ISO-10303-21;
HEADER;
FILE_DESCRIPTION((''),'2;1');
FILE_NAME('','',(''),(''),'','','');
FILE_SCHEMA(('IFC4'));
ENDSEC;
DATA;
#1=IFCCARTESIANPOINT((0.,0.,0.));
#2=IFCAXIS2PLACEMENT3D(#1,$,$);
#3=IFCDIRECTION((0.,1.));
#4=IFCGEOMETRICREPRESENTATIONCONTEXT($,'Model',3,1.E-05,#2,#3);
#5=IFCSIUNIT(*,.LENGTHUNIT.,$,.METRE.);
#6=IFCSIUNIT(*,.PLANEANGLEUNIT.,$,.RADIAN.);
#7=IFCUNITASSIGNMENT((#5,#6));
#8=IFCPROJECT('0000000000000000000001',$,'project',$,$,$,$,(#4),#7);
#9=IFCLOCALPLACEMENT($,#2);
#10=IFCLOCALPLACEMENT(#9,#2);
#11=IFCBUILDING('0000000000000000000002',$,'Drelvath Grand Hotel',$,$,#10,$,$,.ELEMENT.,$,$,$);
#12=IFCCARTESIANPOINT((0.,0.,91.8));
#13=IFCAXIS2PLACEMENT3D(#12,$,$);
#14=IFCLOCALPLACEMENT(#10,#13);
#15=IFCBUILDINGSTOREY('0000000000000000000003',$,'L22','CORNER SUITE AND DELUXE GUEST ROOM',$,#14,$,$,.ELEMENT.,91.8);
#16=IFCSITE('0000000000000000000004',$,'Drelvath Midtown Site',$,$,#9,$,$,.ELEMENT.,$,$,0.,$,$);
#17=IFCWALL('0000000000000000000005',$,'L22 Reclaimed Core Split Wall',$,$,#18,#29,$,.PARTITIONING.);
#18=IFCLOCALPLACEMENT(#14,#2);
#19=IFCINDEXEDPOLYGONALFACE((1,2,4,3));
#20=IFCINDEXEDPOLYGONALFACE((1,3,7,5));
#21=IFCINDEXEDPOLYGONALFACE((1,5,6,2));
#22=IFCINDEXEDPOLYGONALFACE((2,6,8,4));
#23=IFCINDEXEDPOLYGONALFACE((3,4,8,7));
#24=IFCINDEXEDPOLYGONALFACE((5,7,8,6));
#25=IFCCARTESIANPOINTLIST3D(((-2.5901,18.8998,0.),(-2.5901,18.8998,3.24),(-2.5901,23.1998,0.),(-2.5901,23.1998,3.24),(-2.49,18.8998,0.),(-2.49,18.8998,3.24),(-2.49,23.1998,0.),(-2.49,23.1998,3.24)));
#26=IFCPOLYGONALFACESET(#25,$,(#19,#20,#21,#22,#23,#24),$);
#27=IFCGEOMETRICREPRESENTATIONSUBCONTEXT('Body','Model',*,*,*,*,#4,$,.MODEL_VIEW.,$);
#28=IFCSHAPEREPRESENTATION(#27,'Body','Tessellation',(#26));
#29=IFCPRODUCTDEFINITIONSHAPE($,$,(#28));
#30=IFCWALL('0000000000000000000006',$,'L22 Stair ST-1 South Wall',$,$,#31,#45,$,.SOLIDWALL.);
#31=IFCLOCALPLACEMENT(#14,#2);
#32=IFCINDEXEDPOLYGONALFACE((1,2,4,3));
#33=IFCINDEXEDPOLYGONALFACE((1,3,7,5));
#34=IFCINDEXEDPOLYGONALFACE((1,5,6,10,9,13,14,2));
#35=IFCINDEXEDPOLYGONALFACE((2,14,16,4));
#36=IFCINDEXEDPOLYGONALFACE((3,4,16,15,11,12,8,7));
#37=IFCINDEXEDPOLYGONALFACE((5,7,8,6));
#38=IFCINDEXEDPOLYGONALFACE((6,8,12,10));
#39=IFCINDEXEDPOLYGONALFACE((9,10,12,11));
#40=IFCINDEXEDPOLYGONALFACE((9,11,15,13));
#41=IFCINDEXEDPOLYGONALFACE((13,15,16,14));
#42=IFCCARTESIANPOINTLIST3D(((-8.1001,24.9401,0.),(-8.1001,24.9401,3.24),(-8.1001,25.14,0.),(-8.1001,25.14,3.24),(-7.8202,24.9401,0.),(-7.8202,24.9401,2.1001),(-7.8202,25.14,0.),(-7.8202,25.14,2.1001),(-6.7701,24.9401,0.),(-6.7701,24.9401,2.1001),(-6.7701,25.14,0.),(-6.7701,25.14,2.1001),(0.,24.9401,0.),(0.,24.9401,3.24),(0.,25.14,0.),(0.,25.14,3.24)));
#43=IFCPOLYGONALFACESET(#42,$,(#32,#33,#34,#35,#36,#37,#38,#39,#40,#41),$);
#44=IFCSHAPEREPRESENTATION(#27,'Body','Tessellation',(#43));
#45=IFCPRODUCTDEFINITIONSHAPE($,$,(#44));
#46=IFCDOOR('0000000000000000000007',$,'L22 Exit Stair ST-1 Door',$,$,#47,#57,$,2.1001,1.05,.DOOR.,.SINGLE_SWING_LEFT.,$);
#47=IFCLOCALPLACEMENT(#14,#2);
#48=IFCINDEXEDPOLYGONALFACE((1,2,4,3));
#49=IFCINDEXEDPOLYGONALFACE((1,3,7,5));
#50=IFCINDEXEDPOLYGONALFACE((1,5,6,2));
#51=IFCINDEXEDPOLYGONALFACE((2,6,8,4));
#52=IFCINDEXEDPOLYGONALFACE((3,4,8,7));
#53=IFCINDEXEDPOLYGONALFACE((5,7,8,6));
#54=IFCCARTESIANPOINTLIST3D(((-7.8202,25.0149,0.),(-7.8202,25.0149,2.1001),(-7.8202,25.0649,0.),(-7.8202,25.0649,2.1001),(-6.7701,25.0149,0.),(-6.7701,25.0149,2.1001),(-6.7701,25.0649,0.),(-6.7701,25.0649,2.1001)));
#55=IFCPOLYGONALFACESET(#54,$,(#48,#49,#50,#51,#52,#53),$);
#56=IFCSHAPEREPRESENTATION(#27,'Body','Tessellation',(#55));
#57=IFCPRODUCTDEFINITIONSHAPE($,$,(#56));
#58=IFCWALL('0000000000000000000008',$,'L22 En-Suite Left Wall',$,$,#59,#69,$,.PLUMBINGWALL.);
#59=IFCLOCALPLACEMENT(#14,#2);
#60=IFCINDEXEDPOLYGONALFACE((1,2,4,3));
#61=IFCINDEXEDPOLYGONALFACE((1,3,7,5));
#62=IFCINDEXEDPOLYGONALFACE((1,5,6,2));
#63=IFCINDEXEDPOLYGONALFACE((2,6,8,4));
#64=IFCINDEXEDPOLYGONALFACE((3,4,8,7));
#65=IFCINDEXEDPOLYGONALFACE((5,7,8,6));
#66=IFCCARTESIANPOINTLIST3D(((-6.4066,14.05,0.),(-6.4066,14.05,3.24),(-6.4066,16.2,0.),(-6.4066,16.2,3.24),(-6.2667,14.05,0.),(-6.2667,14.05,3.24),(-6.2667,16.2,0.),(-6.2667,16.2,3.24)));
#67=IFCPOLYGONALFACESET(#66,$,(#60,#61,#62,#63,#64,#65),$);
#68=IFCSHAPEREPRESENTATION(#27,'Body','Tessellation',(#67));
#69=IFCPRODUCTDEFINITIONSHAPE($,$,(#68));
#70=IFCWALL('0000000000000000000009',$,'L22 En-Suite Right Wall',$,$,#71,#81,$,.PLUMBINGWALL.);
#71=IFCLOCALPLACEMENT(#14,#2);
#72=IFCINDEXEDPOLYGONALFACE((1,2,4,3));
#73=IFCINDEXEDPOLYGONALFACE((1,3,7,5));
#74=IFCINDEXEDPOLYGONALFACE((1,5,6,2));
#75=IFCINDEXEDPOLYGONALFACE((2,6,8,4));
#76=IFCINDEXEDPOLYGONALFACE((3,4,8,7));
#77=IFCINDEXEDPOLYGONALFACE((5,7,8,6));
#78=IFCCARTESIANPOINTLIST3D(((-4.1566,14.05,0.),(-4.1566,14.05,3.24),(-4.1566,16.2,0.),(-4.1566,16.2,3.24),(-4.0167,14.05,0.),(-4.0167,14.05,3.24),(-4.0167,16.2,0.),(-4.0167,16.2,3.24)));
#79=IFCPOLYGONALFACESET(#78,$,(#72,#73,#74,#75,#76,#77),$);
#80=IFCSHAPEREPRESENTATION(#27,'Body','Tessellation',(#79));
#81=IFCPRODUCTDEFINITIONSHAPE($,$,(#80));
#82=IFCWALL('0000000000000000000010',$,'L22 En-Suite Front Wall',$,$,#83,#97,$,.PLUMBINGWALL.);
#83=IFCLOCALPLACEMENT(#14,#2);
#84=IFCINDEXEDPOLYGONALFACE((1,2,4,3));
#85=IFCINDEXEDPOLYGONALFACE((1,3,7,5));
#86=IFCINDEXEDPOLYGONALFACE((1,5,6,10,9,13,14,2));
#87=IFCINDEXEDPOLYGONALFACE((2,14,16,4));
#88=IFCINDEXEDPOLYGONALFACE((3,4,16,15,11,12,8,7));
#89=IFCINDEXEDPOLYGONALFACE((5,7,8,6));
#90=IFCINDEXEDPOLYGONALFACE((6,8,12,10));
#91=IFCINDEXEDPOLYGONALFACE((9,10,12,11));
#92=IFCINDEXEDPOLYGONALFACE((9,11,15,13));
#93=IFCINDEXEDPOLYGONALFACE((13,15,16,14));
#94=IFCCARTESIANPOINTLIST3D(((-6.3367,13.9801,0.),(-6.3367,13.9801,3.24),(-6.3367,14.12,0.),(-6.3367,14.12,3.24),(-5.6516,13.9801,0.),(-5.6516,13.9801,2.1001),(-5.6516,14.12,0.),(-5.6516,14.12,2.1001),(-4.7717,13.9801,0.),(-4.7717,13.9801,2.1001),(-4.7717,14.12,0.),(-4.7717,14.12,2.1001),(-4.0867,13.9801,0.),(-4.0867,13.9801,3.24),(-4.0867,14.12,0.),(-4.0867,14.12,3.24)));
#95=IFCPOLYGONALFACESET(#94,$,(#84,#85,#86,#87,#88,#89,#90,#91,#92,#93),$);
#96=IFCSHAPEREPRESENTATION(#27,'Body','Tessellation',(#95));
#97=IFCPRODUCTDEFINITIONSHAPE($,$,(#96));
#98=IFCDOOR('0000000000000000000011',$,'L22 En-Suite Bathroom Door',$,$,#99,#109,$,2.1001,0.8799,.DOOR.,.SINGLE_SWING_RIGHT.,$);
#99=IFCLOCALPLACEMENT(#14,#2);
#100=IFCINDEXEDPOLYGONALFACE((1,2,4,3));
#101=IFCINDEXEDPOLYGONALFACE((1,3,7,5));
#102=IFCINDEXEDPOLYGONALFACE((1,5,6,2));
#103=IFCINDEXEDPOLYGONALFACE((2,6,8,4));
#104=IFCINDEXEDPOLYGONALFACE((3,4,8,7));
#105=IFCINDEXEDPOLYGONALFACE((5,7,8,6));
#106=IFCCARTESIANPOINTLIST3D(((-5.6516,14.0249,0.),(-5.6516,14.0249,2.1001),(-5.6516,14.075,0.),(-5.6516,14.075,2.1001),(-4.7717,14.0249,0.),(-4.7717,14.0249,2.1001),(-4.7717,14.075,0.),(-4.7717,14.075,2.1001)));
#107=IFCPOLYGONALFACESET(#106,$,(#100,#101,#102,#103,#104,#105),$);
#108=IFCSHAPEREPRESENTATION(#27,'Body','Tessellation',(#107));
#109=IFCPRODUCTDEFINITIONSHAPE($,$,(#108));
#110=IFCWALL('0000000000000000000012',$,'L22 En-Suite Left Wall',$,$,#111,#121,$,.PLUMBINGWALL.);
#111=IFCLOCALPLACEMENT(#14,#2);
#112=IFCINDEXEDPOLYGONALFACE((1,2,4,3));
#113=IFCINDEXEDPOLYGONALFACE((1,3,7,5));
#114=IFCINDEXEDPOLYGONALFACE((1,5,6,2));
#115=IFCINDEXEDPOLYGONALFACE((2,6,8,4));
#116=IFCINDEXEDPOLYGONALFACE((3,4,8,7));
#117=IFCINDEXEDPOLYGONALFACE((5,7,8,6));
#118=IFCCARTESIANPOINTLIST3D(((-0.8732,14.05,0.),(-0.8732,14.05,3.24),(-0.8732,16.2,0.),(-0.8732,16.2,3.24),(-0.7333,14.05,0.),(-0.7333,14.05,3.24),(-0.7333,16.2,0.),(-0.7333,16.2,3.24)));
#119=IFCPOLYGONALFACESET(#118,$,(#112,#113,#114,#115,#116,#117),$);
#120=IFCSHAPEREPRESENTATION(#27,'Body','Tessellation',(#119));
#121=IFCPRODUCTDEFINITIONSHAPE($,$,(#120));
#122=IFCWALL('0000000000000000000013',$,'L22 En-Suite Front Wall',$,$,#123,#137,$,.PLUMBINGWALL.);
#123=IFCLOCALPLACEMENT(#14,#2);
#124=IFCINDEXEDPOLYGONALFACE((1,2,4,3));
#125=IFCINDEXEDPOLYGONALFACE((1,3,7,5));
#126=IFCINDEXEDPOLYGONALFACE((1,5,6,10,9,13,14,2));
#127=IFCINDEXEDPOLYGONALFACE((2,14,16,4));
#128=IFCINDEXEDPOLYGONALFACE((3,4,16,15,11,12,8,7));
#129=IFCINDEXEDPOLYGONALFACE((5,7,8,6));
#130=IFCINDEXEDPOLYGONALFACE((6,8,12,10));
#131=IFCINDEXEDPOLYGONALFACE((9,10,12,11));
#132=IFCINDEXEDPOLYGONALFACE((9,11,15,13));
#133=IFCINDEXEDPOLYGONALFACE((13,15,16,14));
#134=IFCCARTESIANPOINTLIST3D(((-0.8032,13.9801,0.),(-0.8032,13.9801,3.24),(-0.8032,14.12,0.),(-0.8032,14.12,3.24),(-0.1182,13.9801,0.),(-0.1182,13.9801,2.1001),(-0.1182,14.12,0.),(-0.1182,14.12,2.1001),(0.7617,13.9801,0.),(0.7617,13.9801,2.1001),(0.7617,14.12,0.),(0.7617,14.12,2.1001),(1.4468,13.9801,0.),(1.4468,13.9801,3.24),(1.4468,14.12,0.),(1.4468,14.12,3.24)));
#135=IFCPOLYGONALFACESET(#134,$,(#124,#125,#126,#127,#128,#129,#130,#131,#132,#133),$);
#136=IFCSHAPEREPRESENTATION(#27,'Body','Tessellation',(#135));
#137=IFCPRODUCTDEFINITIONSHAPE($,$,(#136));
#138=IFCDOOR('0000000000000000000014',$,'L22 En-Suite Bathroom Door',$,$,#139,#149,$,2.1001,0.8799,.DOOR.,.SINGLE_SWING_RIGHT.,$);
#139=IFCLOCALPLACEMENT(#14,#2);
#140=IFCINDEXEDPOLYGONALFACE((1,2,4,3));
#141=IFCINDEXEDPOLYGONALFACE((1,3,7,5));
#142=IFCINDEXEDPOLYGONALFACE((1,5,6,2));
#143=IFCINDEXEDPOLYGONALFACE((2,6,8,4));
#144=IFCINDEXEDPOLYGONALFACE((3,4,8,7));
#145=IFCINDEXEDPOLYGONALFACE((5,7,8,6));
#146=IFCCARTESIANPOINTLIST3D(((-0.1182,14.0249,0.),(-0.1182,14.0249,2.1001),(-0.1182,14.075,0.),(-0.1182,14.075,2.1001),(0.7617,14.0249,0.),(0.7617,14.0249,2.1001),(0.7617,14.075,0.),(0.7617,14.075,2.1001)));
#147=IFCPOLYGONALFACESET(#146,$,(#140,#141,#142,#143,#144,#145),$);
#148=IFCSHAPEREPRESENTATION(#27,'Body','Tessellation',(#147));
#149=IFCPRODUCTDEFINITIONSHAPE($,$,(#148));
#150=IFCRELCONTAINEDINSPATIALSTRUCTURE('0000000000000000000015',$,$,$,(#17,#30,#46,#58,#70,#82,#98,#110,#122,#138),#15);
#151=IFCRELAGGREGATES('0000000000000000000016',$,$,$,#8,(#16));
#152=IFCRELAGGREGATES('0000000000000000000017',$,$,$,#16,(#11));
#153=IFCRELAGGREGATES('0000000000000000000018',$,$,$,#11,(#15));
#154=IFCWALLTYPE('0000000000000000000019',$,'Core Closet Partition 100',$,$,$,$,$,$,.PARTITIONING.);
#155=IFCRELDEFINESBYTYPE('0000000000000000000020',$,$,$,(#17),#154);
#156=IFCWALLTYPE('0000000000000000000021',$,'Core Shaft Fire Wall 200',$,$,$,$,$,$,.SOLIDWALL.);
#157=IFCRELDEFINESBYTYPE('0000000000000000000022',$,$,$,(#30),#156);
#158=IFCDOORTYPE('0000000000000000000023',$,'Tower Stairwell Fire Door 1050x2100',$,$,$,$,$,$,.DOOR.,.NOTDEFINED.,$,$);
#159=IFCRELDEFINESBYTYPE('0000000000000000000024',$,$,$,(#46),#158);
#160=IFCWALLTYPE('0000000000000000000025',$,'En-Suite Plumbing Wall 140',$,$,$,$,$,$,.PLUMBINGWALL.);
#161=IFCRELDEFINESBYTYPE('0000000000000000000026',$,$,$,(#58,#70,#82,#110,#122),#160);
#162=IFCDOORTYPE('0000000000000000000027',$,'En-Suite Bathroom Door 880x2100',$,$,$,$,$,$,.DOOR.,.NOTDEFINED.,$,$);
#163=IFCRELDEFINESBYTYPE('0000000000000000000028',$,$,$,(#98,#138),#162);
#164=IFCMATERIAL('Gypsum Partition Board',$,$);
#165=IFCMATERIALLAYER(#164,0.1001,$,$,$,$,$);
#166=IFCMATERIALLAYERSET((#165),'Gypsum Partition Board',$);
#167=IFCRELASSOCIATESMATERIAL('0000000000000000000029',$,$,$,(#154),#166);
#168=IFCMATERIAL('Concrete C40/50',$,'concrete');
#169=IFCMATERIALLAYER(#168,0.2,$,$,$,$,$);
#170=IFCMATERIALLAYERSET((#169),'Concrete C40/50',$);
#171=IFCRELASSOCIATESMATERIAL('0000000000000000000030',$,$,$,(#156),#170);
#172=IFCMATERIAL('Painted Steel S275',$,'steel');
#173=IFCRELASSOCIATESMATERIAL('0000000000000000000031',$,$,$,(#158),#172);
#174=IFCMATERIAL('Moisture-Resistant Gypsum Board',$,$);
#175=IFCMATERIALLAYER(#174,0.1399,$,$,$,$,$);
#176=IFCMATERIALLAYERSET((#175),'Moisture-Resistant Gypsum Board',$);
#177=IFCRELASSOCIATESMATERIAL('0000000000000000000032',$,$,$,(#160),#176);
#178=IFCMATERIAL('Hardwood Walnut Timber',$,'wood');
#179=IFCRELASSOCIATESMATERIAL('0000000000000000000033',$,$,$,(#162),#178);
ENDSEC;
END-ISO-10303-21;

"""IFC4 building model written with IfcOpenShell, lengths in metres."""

from ifc_helpers import new_model, si_unit, direction, frame, frame_2d, origin, place, context, subcontext, project, spatial, rectangle, extrude, material, layer, layer_set, type_object, element, fill, save


model = new_model("IFC4")

# Units and contexts
model_context = context("Model", 3, precision=1e-05, world=origin(), true_north=direction((0.0, 1.0)))
body_context = subcontext(model_context, "Body", "Model", "MODEL_VIEW")
ifc_project = project(units=[si_unit("LENGTHUNIT", "METRE"), si_unit("PLANEANGLEUNIT", "RADIAN")], contexts=[model_context])

# Site, building, storey
site_placement = place(None, origin())
site = spatial("IfcSite", under=ifc_project, at=site_placement, Name="Drelvath Midtown Site", CompositionType="ELEMENT", RefElevation=0.0)
building_placement = place(site_placement, origin())
building = spatial("IfcBuilding", under=site, at=building_placement, Name="Drelvath Grand Hotel", CompositionType="ELEMENT")
storey_placement = place(building_placement, frame((0.0, 0.0, 91.8)))
storey = spatial("IfcBuildingStorey", under=building, at=storey_placement, Name="L22", Description="CORNER SUITE AND DELUXE GUEST ROOM", CompositionType="ELEMENT", Elevation=91.8)

# Wall
ifc_material_1 = material(Name="Gypsum Partition Board")
ifc_layer_1 = layer(ifc_material_1, 0.1001)
ifc_layer_set_1 = layer_set([ifc_layer_1], Name="Gypsum Partition Board")
wall_type_1 = type_object("IfcWallType", Name="Core Closet Partition 100", PredefinedType="PARTITIONING", material=ifc_layer_set_1)
wall_1_placement = place(storey_placement, frame((-2.54, 18.8999, 0.0), z_axis=(0.0, 0.0, 1.0), x_axis=(0.0, 1.0, 0.0)))
element("IfcWall", 1, at=wall_1_placement, inside=storey, type_object=wall_type_1, Name="L22 Reclaimed Core Split Wall", PredefinedType="PARTITIONING", context=body_context, shape_type="SweptSolid", body=[
    extrude(rectangle(XDim=4.3, YDim=0.1001, at=frame_2d((2.1499, 0.0))), origin(), (0.0, 0.0, 1.0), 3.24),
])

# Wall, opening, door
ifc_material_2 = material(Name="Concrete C40/50", Category="concrete")
ifc_layer_2 = layer(ifc_material_2, 0.2)
ifc_layer_set_2 = layer_set([ifc_layer_2], Name="Concrete C40/50")
wall_type_2 = type_object("IfcWallType", Name="Core Shaft Fire Wall 200", PredefinedType="SOLIDWALL", material=ifc_layer_set_2)
wall_2_placement = place(storey_placement, frame((-8.1001, 25.04, 0.0), z_axis=(0.0, 0.0, 1.0), x_axis=(1.0, 0.0, 0.0)))
wall_2 = element("IfcWall", 2, at=wall_2_placement, inside=storey, type_object=wall_type_2, Name="L22 Stair ST-1 South Wall", PredefinedType="SOLIDWALL", context=body_context, shape_type="SweptSolid", body=[
    extrude(rectangle(XDim=8.1001, YDim=0.2, at=frame_2d((4.05, 0.0))), origin(), (0.0, 0.0, 1.0), 3.24),
])
opening_1_placement = place(wall_2_placement, frame((0.28, 0.0, 0.0)))
opening_1 = element("IfcOpeningElement", 3, at=opening_1_placement, cuts=wall_2, PredefinedType="OPENING", context=body_context, shape_type="SweptSolid", body=[
    extrude(rectangle(XDim=1.05, YDim=2.1001, at=frame_2d((0.5249, 1.05))), frame((0.0, 0.1099, 0.0), z_axis=(0.0, -1.0, 0.0), x_axis=(1.0, 0.0, 0.0)), (0.0, 0.0, 1.0), 0.22),
])
ifc_material_3 = material(Name="Painted Steel S275", Category="steel")
door_type_1 = type_object("IfcDoorType", Name="Tower Stairwell Fire Door 1050x2100", OperationType="NOTDEFINED", PredefinedType="DOOR", material=ifc_material_3)
door_1_placement = place(opening_1_placement, origin())
door_1 = element("IfcDoor", 4, at=door_1_placement, inside=storey, type_object=door_type_1, Name="L22 Exit Stair ST-1 Door", OperationType="SINGLE_SWING_LEFT", OverallHeight=2.1001, OverallWidth=1.05, PredefinedType="DOOR", context=body_context, shape_type="SweptSolid", body=[
    extrude(rectangle(XDim=1.05, YDim=2.1001, at=frame_2d((0.5249, 1.05))), frame((0.0, 0.0249, 0.0), z_axis=(0.0, -1.0, 0.0), x_axis=(1.0, 0.0, 0.0)), (0.0, 0.0, 1.0), 0.05),
])
fill(opening_1, door_1)

# Walls
ifc_material_4 = material(Name="Moisture-Resistant Gypsum Board")
ifc_layer_3 = layer(ifc_material_4, 0.1399)
ifc_layer_set_3 = layer_set([ifc_layer_3], Name="Moisture-Resistant Gypsum Board")
wall_type_3 = type_object("IfcWallType", Name="En-Suite Plumbing Wall 140", PredefinedType="PLUMBINGWALL", material=ifc_layer_set_3)
for number, where, z_axis, x_axis, name in (
    (5, (-6.3367, 16.2, 0.0), (0.0, 0.0, 1.0), (0.0, -1.0, 0.0), "L22 En-Suite Left Wall"),
    (6, (-4.0867, 16.2, 0.0), (0.0, 0.0, 1.0), (0.0, -1.0, 0.0), "L22 En-Suite Right Wall"),
):
    element("IfcWall", number, at=place(storey_placement, frame(where, z_axis=z_axis, x_axis=x_axis)), inside=storey, type_object=wall_type_3, Name=name, PredefinedType="PLUMBINGWALL", context=body_context, shape_type="SweptSolid", body=[
        extrude(rectangle(XDim=2.1499, YDim=0.1399, at=frame_2d((1.075, 0.0))), origin(), (0.0, 0.0, 1.0), 3.24),
    ])

# Wall, opening, door
wall_3_placement = place(storey_placement, frame((-6.3367, 14.05, 0.0), z_axis=(0.0, 0.0, 1.0), x_axis=(1.0, 0.0, 0.0)))
wall_3 = element("IfcWall", 7, at=wall_3_placement, inside=storey, type_object=wall_type_3, Name="L22 En-Suite Front Wall", PredefinedType="PLUMBINGWALL", context=body_context, shape_type="SweptSolid", body=[
    extrude(rectangle(XDim=2.25, YDim=0.1399, at=frame_2d((1.125, 0.0))), origin(), (0.0, 0.0, 1.0), 3.24),
])
opening_2_placement = place(wall_3_placement, frame((0.6851, 0.0, 0.0)))
opening_2 = element("IfcOpeningElement", 8, at=opening_2_placement, cuts=wall_3, PredefinedType="OPENING", context=body_context, shape_type="SweptSolid", body=[
    extrude(rectangle(XDim=0.8799, YDim=2.1001, at=frame_2d((0.4399, 1.05))), frame((0.0, 0.0798, 0.0), z_axis=(0.0, -1.0, 0.0), x_axis=(1.0, 0.0, 0.0)), (0.0, 0.0, 1.0), 0.1599),
])
ifc_material_5 = material(Name="Hardwood Walnut Timber", Category="wood")
door_type_2 = type_object("IfcDoorType", Name="En-Suite Bathroom Door 880x2100", OperationType="NOTDEFINED", PredefinedType="DOOR", material=ifc_material_5)
door_2_placement = place(opening_2_placement, origin())
door_2 = element("IfcDoor", 9, at=door_2_placement, inside=storey, type_object=door_type_2, Name="L22 En-Suite Bathroom Door", OperationType="SINGLE_SWING_RIGHT", OverallHeight=2.1001, OverallWidth=0.8799, PredefinedType="DOOR", context=body_context, shape_type="SweptSolid", body=[
    extrude(rectangle(XDim=0.8799, YDim=2.1001, at=frame_2d((0.4399, 1.05))), frame((0.0, 0.0249, 0.0), z_axis=(0.0, -1.0, 0.0), x_axis=(1.0, 0.0, 0.0)), (0.0, 0.0, 1.0), 0.05),
])
fill(opening_2, door_2)

# Wall
wall_4_placement = place(storey_placement, frame((-0.8032, 16.2, 0.0), z_axis=(0.0, 0.0, 1.0), x_axis=(0.0, -1.0, 0.0)))
element("IfcWall", 10, at=wall_4_placement, inside=storey, type_object=wall_type_3, Name="L22 En-Suite Left Wall", PredefinedType="PLUMBINGWALL", context=body_context, shape_type="SweptSolid", body=[
    extrude(rectangle(XDim=2.1499, YDim=0.1399, at=frame_2d((1.075, 0.0))), origin(), (0.0, 0.0, 1.0), 3.24),
])

# Wall, opening, door
wall_5_placement = place(storey_placement, frame((-0.8032, 14.05, 0.0), z_axis=(0.0, 0.0, 1.0), x_axis=(1.0, 0.0, 0.0)))
wall_5 = element("IfcWall", 11, at=wall_5_placement, inside=storey, type_object=wall_type_3, Name="L22 En-Suite Front Wall", PredefinedType="PLUMBINGWALL", context=body_context, shape_type="SweptSolid", body=[
    extrude(rectangle(XDim=2.25, YDim=0.1399, at=frame_2d((1.125, 0.0))), origin(), (0.0, 0.0, 1.0), 3.24),
])
opening_3_placement = place(wall_5_placement, frame((0.6851, 0.0, 0.0)))
opening_3 = element("IfcOpeningElement", 12, at=opening_3_placement, cuts=wall_5, PredefinedType="OPENING", context=body_context, shape_type="SweptSolid", body=[
    extrude(rectangle(XDim=0.8799, YDim=2.1001, at=frame_2d((0.4399, 1.05))), frame((0.0, 0.0798, 0.0), z_axis=(0.0, -1.0, 0.0), x_axis=(1.0, 0.0, 0.0)), (0.0, 0.0, 1.0), 0.1599),
])
door_3_placement = place(opening_3_placement, origin())
door_3 = element("IfcDoor", 13, at=door_3_placement, inside=storey, type_object=door_type_2, Name="L22 En-Suite Bathroom Door", OperationType="SINGLE_SWING_RIGHT", OverallHeight=2.1001, OverallWidth=0.8799, PredefinedType="DOOR", context=body_context, shape_type="SweptSolid", body=[
    extrude(rectangle(XDim=0.8799, YDim=2.1001, at=frame_2d((0.4399, 1.05))), frame((0.0, 0.0249, 0.0), z_axis=(0.0, -1.0, 0.0), x_axis=(1.0, 0.0, 0.0)), (0.0, 0.0, 1.0), 0.05),
])
fill(opening_3, door_3)

save(model, "model.ifc")
